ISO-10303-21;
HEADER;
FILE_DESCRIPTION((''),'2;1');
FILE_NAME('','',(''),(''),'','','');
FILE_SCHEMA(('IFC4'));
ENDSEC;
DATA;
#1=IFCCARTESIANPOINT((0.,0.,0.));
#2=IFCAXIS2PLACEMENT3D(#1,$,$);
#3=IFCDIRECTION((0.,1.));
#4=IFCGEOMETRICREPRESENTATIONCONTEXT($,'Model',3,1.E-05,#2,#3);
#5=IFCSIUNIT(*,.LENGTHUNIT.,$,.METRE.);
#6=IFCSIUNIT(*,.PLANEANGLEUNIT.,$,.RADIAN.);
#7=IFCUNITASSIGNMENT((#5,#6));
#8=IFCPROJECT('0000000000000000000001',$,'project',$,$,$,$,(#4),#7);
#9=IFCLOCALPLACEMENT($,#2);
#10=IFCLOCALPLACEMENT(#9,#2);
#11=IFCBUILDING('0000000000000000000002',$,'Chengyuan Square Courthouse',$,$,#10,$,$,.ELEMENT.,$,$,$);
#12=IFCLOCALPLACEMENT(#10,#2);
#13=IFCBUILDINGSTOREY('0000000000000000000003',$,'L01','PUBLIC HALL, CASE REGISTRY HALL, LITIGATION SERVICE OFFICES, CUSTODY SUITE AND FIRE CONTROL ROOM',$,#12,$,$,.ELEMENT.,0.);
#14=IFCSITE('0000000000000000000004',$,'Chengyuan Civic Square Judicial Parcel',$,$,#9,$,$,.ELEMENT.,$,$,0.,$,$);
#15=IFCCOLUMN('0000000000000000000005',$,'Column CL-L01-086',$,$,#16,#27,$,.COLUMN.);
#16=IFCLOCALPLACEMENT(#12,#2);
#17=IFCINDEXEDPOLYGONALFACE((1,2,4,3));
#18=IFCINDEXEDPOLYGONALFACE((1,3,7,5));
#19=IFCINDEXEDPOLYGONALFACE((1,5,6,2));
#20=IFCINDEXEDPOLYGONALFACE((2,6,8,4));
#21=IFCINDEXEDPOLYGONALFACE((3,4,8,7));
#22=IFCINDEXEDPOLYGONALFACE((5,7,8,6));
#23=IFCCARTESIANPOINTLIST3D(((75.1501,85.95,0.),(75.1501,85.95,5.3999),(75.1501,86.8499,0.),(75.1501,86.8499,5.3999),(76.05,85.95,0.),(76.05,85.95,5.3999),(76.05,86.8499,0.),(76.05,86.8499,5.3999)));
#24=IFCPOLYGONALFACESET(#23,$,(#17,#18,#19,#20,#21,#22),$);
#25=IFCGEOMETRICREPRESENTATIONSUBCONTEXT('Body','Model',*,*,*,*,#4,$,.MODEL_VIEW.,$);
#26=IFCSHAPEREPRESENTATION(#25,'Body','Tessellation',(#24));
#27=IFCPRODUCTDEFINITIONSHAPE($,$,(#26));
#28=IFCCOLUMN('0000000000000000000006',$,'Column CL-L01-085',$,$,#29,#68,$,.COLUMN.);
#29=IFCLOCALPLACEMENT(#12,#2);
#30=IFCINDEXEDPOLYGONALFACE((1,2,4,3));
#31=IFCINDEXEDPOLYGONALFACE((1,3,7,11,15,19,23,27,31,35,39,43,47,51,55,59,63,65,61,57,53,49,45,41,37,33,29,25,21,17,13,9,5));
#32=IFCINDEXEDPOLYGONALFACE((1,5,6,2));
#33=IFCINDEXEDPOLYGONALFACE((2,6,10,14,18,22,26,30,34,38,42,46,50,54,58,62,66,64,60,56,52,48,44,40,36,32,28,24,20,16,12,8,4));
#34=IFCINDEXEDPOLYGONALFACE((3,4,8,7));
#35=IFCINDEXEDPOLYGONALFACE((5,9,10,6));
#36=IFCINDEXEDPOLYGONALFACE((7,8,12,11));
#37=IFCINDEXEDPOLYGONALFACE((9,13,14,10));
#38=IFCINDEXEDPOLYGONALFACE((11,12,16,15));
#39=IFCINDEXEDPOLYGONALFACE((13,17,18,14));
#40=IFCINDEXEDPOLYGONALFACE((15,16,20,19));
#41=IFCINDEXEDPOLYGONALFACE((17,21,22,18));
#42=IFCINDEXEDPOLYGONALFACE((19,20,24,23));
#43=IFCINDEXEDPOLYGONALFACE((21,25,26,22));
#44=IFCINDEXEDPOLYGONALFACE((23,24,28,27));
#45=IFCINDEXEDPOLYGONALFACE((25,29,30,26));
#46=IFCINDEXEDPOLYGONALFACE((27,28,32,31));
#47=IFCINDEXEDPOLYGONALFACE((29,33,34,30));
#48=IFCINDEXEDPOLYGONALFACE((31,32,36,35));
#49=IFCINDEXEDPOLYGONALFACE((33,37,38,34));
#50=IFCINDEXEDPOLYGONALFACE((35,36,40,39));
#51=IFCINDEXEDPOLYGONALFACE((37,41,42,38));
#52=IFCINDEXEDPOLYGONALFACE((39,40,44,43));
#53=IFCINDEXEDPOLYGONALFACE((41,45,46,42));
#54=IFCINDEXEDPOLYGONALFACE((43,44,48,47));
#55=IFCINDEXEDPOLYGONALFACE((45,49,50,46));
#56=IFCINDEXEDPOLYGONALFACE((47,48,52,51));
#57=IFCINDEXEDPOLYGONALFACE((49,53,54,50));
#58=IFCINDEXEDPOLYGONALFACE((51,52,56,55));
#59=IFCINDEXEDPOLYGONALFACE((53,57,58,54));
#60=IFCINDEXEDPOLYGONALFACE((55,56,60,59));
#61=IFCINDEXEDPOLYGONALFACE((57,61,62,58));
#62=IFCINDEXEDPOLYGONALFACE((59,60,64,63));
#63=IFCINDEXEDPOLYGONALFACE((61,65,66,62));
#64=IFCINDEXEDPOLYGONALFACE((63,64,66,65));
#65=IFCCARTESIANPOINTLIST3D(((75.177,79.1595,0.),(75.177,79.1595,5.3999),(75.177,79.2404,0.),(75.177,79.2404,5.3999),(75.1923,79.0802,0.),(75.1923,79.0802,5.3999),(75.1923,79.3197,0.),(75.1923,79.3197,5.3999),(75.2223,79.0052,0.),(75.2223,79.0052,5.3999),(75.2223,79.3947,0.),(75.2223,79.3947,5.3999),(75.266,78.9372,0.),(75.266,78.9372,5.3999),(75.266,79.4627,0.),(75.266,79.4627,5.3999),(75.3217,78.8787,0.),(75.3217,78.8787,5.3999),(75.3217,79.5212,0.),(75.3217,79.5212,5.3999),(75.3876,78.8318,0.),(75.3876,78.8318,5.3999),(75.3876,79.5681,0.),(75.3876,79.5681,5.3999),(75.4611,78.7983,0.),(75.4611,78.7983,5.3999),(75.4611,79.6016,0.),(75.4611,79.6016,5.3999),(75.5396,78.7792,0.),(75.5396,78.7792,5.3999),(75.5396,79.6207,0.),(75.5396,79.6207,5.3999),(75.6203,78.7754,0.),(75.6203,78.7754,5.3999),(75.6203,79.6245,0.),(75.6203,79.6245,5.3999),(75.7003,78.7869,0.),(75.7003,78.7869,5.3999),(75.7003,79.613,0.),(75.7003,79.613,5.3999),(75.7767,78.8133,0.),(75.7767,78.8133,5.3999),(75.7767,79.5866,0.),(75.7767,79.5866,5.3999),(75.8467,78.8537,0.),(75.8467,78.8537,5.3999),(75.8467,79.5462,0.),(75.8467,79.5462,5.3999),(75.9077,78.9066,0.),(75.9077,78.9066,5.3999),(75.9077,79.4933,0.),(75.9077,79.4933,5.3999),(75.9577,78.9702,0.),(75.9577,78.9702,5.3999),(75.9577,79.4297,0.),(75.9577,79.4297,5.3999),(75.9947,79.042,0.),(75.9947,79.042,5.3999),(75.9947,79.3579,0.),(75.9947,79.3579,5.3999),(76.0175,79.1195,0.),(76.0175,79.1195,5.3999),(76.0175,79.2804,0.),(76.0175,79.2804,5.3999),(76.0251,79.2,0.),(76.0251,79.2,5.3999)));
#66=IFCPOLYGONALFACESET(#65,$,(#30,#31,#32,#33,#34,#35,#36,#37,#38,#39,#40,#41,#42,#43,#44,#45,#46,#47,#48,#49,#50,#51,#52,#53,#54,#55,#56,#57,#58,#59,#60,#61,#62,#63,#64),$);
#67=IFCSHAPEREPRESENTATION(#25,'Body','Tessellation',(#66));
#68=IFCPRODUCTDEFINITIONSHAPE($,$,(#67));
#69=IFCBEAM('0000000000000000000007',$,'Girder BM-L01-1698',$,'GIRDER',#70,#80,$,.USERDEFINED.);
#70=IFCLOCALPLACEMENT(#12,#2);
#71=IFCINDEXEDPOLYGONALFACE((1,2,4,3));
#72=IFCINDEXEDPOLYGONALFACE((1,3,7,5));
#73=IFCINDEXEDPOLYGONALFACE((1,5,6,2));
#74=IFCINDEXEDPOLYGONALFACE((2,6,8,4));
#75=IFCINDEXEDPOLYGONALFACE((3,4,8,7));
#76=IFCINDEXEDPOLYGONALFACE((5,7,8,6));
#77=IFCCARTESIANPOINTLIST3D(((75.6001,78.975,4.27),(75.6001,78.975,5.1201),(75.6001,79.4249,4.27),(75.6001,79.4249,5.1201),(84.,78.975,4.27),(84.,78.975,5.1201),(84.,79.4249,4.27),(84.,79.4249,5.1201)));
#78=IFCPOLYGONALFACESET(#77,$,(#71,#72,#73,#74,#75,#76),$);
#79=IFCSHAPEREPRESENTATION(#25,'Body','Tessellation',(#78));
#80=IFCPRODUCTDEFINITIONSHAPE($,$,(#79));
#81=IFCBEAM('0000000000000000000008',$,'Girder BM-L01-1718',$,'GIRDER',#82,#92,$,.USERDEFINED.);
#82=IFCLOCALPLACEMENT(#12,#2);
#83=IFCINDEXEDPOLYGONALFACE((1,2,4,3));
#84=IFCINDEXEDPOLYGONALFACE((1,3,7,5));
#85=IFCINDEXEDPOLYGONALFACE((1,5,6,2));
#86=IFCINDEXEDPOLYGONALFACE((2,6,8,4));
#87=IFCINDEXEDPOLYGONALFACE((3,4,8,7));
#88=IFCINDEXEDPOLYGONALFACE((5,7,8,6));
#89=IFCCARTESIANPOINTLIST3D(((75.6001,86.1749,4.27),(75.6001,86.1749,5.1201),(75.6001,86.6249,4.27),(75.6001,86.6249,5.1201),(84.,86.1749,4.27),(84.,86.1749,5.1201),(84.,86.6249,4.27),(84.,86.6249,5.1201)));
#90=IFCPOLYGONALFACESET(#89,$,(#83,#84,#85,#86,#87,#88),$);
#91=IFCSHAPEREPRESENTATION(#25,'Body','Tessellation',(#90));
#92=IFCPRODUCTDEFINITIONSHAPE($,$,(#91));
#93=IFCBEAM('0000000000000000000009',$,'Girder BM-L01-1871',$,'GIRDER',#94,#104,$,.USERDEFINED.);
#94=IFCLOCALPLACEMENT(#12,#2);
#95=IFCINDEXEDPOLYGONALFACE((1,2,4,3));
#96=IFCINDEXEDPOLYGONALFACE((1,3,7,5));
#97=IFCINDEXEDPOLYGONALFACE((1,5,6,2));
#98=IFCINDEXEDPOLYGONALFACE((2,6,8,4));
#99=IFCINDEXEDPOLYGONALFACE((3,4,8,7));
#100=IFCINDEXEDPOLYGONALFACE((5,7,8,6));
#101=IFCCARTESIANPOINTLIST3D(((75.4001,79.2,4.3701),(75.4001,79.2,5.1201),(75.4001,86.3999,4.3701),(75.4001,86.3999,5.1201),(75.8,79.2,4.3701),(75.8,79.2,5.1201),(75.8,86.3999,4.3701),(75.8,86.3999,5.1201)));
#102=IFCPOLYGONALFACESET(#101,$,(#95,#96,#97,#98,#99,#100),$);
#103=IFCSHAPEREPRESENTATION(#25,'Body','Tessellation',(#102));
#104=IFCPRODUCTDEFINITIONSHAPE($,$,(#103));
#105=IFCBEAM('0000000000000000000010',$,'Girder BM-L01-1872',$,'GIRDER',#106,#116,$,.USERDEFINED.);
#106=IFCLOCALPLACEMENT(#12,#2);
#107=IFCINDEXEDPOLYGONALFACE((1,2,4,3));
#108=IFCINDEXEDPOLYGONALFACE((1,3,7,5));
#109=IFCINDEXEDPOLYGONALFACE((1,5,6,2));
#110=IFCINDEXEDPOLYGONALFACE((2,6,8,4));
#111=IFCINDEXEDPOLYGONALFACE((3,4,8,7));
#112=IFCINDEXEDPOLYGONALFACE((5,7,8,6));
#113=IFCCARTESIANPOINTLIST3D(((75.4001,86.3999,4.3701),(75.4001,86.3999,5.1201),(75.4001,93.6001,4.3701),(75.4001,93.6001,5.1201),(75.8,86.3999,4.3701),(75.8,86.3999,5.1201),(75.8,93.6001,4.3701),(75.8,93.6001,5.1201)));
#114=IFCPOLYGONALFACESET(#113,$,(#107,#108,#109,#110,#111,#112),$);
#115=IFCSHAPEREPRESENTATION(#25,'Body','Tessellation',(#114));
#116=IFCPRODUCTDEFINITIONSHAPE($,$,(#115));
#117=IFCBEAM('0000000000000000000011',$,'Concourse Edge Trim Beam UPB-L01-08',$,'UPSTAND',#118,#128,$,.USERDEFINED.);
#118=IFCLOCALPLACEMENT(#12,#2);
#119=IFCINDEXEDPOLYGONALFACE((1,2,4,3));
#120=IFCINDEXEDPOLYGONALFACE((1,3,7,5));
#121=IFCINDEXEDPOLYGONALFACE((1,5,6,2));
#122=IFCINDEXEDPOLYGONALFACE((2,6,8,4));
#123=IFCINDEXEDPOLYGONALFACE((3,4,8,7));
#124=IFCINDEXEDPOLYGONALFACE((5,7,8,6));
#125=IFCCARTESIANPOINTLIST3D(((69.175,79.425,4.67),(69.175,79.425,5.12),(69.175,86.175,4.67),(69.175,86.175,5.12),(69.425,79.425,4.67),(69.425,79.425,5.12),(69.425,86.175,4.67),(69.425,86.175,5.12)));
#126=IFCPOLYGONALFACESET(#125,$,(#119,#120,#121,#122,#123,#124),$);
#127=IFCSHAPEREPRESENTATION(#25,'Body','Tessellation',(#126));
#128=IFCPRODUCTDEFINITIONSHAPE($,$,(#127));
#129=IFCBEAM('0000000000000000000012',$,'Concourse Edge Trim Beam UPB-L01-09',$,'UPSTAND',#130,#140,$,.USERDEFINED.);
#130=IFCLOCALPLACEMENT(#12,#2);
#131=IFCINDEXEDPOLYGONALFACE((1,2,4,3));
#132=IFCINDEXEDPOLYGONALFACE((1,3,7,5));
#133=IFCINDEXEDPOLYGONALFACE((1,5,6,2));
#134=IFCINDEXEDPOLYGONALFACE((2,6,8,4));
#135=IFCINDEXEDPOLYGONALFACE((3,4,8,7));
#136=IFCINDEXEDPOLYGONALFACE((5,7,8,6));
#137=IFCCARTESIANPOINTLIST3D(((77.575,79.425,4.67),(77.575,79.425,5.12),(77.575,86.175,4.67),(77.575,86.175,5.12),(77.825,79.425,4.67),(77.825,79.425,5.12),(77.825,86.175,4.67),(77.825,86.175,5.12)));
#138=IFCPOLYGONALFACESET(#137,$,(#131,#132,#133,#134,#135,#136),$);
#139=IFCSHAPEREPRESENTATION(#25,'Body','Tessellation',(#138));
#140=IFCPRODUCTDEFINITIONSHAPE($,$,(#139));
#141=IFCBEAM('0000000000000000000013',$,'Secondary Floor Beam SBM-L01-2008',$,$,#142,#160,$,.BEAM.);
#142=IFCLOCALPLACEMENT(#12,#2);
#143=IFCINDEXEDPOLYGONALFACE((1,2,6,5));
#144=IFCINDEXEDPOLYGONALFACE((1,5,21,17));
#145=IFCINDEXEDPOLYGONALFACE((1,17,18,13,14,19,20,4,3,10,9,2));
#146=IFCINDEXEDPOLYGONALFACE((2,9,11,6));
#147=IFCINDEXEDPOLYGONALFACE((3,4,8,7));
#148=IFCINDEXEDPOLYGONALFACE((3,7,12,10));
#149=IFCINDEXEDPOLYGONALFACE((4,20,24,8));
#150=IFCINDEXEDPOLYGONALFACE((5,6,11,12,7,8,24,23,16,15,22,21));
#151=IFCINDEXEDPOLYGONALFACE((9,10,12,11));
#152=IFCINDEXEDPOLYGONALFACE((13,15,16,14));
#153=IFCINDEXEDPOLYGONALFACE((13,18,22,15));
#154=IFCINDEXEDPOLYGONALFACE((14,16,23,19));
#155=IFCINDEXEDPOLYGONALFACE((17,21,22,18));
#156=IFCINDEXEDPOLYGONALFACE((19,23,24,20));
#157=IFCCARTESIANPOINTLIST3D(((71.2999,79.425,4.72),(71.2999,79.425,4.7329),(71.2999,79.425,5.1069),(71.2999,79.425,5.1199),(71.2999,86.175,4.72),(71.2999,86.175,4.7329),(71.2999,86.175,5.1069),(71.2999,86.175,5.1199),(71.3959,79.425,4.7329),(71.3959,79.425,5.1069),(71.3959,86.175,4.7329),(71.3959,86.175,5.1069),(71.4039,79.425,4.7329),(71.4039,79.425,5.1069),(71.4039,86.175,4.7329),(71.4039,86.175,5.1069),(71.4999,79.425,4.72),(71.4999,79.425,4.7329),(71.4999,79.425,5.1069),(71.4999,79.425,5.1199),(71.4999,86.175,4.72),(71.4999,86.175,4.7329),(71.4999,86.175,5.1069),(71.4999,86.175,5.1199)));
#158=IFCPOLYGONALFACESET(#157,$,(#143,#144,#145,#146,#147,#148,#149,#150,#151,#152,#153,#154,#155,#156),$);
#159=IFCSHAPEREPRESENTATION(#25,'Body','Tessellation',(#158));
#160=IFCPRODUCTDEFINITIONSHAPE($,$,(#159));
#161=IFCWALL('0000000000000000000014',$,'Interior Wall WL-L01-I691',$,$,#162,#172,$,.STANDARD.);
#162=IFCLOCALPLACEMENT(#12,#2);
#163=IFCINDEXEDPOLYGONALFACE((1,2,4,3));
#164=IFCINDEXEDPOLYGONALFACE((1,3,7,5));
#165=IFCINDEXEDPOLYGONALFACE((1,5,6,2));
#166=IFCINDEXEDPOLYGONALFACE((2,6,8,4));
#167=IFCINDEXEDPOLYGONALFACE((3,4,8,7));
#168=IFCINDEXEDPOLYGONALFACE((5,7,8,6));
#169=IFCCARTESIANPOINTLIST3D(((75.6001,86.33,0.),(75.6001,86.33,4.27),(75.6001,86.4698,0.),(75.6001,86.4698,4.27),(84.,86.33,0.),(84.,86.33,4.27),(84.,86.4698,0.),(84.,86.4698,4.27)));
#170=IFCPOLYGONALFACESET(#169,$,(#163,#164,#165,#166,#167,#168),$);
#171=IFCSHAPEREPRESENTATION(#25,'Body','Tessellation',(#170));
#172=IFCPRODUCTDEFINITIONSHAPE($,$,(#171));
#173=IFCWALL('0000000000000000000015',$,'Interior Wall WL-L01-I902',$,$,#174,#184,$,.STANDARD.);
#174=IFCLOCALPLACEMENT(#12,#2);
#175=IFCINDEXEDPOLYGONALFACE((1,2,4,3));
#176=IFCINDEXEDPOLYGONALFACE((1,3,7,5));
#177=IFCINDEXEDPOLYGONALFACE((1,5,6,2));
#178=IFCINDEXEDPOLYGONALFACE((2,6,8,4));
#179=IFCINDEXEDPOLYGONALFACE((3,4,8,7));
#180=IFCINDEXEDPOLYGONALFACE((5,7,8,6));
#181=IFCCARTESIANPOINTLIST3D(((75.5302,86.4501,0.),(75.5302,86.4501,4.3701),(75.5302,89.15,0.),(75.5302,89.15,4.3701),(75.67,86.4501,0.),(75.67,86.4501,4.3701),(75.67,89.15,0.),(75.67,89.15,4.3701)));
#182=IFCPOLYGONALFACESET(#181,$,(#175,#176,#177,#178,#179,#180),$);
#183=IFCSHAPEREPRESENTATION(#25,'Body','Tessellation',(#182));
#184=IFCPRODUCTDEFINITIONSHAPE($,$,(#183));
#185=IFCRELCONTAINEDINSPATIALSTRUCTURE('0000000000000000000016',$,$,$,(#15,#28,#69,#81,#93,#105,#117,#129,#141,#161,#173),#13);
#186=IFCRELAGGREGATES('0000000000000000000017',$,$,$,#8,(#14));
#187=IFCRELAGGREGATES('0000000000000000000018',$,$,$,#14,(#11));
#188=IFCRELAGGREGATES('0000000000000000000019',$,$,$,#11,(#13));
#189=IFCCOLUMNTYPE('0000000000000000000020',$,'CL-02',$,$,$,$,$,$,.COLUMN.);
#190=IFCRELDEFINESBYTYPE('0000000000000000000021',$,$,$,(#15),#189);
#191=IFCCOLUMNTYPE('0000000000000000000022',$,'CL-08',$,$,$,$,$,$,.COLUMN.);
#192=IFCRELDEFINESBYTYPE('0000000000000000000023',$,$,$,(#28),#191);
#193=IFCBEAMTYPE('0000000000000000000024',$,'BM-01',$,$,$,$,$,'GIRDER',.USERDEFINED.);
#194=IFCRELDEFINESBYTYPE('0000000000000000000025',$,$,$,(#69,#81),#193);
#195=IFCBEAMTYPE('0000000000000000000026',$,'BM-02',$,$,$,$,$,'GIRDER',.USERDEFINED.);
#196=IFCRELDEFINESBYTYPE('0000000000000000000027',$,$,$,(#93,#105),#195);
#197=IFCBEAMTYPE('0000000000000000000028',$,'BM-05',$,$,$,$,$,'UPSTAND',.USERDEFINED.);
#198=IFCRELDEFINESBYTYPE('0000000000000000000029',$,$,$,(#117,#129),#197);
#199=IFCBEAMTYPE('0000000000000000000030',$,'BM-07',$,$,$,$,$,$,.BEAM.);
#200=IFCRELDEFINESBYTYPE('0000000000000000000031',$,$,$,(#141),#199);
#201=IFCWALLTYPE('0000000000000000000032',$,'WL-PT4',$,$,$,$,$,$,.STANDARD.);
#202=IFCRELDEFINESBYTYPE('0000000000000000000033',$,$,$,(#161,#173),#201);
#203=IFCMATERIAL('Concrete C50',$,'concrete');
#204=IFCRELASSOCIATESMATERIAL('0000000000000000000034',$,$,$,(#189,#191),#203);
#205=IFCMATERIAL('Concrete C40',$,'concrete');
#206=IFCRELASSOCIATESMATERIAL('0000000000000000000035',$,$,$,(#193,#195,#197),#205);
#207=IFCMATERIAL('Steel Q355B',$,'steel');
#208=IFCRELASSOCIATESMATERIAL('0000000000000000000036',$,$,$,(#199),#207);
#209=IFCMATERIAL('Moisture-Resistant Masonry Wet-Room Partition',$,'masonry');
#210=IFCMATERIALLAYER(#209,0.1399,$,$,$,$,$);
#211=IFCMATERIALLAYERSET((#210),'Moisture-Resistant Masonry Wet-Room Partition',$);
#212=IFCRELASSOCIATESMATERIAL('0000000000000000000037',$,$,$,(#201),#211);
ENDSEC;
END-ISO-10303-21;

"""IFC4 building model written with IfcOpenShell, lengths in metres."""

from ifc_helpers import new_model, si_unit, direction, frame, frame_2d, origin, origin_2d, place, context, subcontext, project, spatial, rectangle, circle, i_section, extrude, material, layer, layer_set, material_profile, profile_set, type_object, element, save


model = new_model("IFC4")

# Units and contexts
model_context = context("Model", 3, precision=1e-05, world=origin(), true_north=direction((0.0, 1.0)))
body_context = subcontext(model_context, "Body", "Model", "MODEL_VIEW")
ifc_project = project(units=[si_unit("LENGTHUNIT", "METRE"), si_unit("PLANEANGLEUNIT", "RADIAN")], contexts=[model_context])

# Site, building, storey
site_placement = place(None, origin())
site = spatial("IfcSite", under=ifc_project, at=site_placement, Name="Chengyuan Civic Square Judicial Parcel", CompositionType="ELEMENT", RefElevation=0.0)
building_placement = place(site_placement, origin())
building = spatial("IfcBuilding", under=site, at=building_placement, Name="Chengyuan Square Courthouse", CompositionType="ELEMENT")
storey_placement = place(building_placement, origin())
storey = spatial("IfcBuildingStorey", under=building, at=storey_placement, Name="L01", Description="PUBLIC HALL, CASE REGISTRY HALL, LITIGATION SERVICE OFFICES, CUSTODY SUITE AND FIRE CONTROL ROOM", CompositionType="ELEMENT", Elevation=0.0)

# Columns
ifc_material_1 = material(Name="Concrete C50", Category="concrete")
ifc_material_profile_1 = material_profile(ifc_material_1, rectangle(XDim=0.8999, YDim=0.8999, at=origin_2d()), Name="RC-COL-900x900")
ifc_profile_set_1 = profile_set([ifc_material_profile_1], Name="Concrete C50")
column_type_1 = type_object("IfcColumnType", Name="CL-02", PredefinedType="COLUMN", material=ifc_profile_set_1)
column_1_placement = place(storey_placement, frame((75.6001, 86.3999, 0.0), z_axis=(0.0, 0.0, 1.0), x_axis=(1.0, 0.0, 0.0)))
element("IfcColumn", 1, at=column_1_placement, inside=storey, type_object=column_type_1, Name="Column CL-L01-086", PredefinedType="COLUMN", context=body_context, shape_type="SweptSolid", body=[
    extrude(rectangle(XDim=0.8999, YDim=0.8999, at=origin_2d()), origin(), (0.0, 0.0, 1.0), 5.3999),
])
ifc_material_profile_2 = material_profile(ifc_material_1, circle(Radius=0.425, at=origin_2d()), Name="RC-COL-D850")
ifc_profile_set_2 = profile_set([ifc_material_profile_2], Name="Concrete C50")
column_type_2 = type_object("IfcColumnType", Name="CL-08", PredefinedType="COLUMN", material=ifc_profile_set_2)
column_2_placement = place(storey_placement, frame((75.6001, 79.2, 0.0), z_axis=(0.0, 0.0, 1.0), x_axis=(1.0, 0.0, 0.0)))
element("IfcColumn", 2, at=column_2_placement, inside=storey, type_object=column_type_2, Name="Column CL-L01-085", PredefinedType="COLUMN", context=body_context, shape_type="SweptSolid", body=[
    extrude(circle(Radius=0.425, at=origin_2d()), origin(), (0.0, 0.0, 1.0), 5.3999),
])

# Beams
ifc_material_2 = material(Name="Concrete C40", Category="concrete")
ifc_material_profile_3 = material_profile(ifc_material_2, rectangle(XDim=0.45, YDim=0.8501, at=origin_2d()), Name="RC-BM-450x850")
ifc_profile_set_3 = profile_set([ifc_material_profile_3], Name="Concrete C40")
beam_type_1 = type_object("IfcBeamType", Name="BM-01", ElementType="GIRDER", PredefinedType="USERDEFINED", material=ifc_profile_set_3)
for number, where, z_axis, x_axis, name in (
    (3, (75.6001, 79.2, 4.6951), (1.0, 0.0, 0.0), (0.0, 1.0, 0.0), "Girder BM-L01-1698"),
    (4, (75.6001, 86.3999, 4.6951), (1.0, 0.0, 0.0), (0.0, 1.0, 0.0), "Girder BM-L01-1718"),
):
    element("IfcBeam", number, at=place(storey_placement, frame(where, z_axis=z_axis, x_axis=x_axis)), inside=storey, type_object=beam_type_1, Name=name, ObjectType="GIRDER", PredefinedType="USERDEFINED", context=body_context, shape_type="SweptSolid", body=[
        extrude(rectangle(XDim=0.45, YDim=0.8501, at=origin_2d()), origin(), (0.0, 0.0, 1.0), 8.3999),
    ])
ifc_material_profile_4 = material_profile(ifc_material_2, rectangle(XDim=0.3999, YDim=0.75, at=origin_2d()), Name="RC-BM-400x750")
ifc_profile_set_4 = profile_set([ifc_material_profile_4], Name="Concrete C40")
beam_type_2 = type_object("IfcBeamType", Name="BM-02", ElementType="GIRDER", PredefinedType="USERDEFINED", material=ifc_profile_set_4)
beam_1_placement = place(storey_placement, frame((75.6001, 79.2, 4.7451), z_axis=(0.0, 1.0, 0.0), x_axis=(-1.0, 0.0, 0.0)))
element("IfcBeam", 5, at=beam_1_placement, inside=storey, type_object=beam_type_2, Name="Girder BM-L01-1871", ObjectType="GIRDER", PredefinedType="USERDEFINED", context=body_context, shape_type="SweptSolid", body=[
    extrude(rectangle(XDim=0.3999, YDim=0.75, at=origin_2d()), origin(), (0.0, 0.0, 1.0), 7.2),
])
beam_2_placement = place(storey_placement, frame((75.6001, 86.3999, 4.7451), z_axis=(0.0, 1.0, 0.0), x_axis=(-1.0, 0.0, 0.0)))
element("IfcBeam", 6, at=beam_2_placement, inside=storey, type_object=beam_type_2, Name="Girder BM-L01-1872", ObjectType="GIRDER", PredefinedType="USERDEFINED", context=body_context, shape_type="SweptSolid", body=[
    extrude(rectangle(XDim=0.3999, YDim=0.75, at=origin_2d()), origin(), (0.0, 0.0, 1.0), 7.2002),
])
ifc_material_profile_5 = material_profile(ifc_material_2, rectangle(XDim=0.25, YDim=0.45, at=origin_2d()), Name="RC-UP-250x450")
ifc_profile_set_5 = profile_set([ifc_material_profile_5], Name="Concrete C40")
beam_type_3 = type_object("IfcBeamType", Name="BM-05", ElementType="UPSTAND", PredefinedType="USERDEFINED", material=ifc_profile_set_5)
for number, where, z_axis, x_axis, name in (
    (7, (69.3, 79.425, 4.895), (0.0, 1.0, 0.0), (-1.0, 0.0, 0.0), "Concourse Edge Trim Beam UPB-L01-08"),
    (8, (77.7, 79.425, 4.895), (0.0, 1.0, 0.0), (-1.0, 0.0, 0.0), "Concourse Edge Trim Beam UPB-L01-09"),
):
    element("IfcBeam", number, at=place(storey_placement, frame(where, z_axis=z_axis, x_axis=x_axis)), inside=storey, type_object=beam_type_3, Name=name, ObjectType="UPSTAND", PredefinedType="USERDEFINED", context=body_context, shape_type="SweptSolid", body=[
        extrude(rectangle(XDim=0.25, YDim=0.45, at=origin_2d()), origin(), (0.0, 0.0, 1.0), 6.75),
    ])
ifc_material_3 = material(Name="Steel Q355B", Category="steel")
ifc_material_profile_6 = material_profile(ifc_material_3, i_section(OverallWidth=0.2, OverallDepth=0.3999, WebThickness=0.0081, FlangeThickness=0.0129, at=origin_2d()), Name="HN 400x200x8x13")
ifc_profile_set_6 = profile_set([ifc_material_profile_6], Name="Steel Q355B")
beam_type_4 = type_object("IfcBeamType", Name="BM-07", PredefinedType="BEAM", material=ifc_profile_set_6)
beam_3_placement = place(storey_placement, frame((71.3999, 79.425, 4.9199), z_axis=(0.0, 1.0, 0.0), x_axis=(-1.0, 0.0, 0.0)))
element("IfcBeam", 9, at=beam_3_placement, inside=storey, type_object=beam_type_4, Name="Secondary Floor Beam SBM-L01-2008", PredefinedType="BEAM", context=body_context, shape_type="SweptSolid", body=[
    extrude(i_section(OverallWidth=0.2, OverallDepth=0.3999, WebThickness=0.0081, FlangeThickness=0.0129, at=origin_2d()), origin(), (0.0, 0.0, 1.0), 6.75),
])

# Walls
ifc_material_4 = material(Name="Moisture-Resistant Masonry Wet-Room Partition", Category="masonry")
ifc_layer_1 = layer(ifc_material_4, 0.1399)
ifc_layer_set_1 = layer_set([ifc_layer_1], Name="Moisture-Resistant Masonry Wet-Room Partition")
wall_type_1 = type_object("IfcWallType", Name="WL-PT4", PredefinedType="STANDARD", material=ifc_layer_set_1)
wall_1_placement = place(storey_placement, frame((75.6001, 86.3999, 0.0), z_axis=(0.0, 0.0, 1.0), x_axis=(1.0, 0.0, 0.0)))
element("IfcWall", 10, at=wall_1_placement, inside=storey, type_object=wall_type_1, Name="Interior Wall WL-L01-I691", PredefinedType="STANDARD", context=body_context, shape_type="SweptSolid", body=[
    extrude(rectangle(XDim=8.3999, YDim=0.1399, at=frame_2d((4.2, 0.0))), origin(), (0.0, 0.0, 1.0), 4.27),
])
wall_2_placement = place(storey_placement, frame((75.6001, 86.45, 0.0), z_axis=(0.0, 0.0, 1.0), x_axis=(0.0, 1.0, 0.0)))
element("IfcWall", 11, at=wall_2_placement, inside=storey, type_object=wall_type_1, Name="Interior Wall WL-L01-I902", PredefinedType="STANDARD", context=body_context, shape_type="SweptSolid", body=[
    extrude(rectangle(XDim=2.7, YDim=0.1399, at=frame_2d((1.3501, 0.0))), origin(), (0.0, 0.0, 1.0), 4.3701),
])

save(model, "model.ifc")
